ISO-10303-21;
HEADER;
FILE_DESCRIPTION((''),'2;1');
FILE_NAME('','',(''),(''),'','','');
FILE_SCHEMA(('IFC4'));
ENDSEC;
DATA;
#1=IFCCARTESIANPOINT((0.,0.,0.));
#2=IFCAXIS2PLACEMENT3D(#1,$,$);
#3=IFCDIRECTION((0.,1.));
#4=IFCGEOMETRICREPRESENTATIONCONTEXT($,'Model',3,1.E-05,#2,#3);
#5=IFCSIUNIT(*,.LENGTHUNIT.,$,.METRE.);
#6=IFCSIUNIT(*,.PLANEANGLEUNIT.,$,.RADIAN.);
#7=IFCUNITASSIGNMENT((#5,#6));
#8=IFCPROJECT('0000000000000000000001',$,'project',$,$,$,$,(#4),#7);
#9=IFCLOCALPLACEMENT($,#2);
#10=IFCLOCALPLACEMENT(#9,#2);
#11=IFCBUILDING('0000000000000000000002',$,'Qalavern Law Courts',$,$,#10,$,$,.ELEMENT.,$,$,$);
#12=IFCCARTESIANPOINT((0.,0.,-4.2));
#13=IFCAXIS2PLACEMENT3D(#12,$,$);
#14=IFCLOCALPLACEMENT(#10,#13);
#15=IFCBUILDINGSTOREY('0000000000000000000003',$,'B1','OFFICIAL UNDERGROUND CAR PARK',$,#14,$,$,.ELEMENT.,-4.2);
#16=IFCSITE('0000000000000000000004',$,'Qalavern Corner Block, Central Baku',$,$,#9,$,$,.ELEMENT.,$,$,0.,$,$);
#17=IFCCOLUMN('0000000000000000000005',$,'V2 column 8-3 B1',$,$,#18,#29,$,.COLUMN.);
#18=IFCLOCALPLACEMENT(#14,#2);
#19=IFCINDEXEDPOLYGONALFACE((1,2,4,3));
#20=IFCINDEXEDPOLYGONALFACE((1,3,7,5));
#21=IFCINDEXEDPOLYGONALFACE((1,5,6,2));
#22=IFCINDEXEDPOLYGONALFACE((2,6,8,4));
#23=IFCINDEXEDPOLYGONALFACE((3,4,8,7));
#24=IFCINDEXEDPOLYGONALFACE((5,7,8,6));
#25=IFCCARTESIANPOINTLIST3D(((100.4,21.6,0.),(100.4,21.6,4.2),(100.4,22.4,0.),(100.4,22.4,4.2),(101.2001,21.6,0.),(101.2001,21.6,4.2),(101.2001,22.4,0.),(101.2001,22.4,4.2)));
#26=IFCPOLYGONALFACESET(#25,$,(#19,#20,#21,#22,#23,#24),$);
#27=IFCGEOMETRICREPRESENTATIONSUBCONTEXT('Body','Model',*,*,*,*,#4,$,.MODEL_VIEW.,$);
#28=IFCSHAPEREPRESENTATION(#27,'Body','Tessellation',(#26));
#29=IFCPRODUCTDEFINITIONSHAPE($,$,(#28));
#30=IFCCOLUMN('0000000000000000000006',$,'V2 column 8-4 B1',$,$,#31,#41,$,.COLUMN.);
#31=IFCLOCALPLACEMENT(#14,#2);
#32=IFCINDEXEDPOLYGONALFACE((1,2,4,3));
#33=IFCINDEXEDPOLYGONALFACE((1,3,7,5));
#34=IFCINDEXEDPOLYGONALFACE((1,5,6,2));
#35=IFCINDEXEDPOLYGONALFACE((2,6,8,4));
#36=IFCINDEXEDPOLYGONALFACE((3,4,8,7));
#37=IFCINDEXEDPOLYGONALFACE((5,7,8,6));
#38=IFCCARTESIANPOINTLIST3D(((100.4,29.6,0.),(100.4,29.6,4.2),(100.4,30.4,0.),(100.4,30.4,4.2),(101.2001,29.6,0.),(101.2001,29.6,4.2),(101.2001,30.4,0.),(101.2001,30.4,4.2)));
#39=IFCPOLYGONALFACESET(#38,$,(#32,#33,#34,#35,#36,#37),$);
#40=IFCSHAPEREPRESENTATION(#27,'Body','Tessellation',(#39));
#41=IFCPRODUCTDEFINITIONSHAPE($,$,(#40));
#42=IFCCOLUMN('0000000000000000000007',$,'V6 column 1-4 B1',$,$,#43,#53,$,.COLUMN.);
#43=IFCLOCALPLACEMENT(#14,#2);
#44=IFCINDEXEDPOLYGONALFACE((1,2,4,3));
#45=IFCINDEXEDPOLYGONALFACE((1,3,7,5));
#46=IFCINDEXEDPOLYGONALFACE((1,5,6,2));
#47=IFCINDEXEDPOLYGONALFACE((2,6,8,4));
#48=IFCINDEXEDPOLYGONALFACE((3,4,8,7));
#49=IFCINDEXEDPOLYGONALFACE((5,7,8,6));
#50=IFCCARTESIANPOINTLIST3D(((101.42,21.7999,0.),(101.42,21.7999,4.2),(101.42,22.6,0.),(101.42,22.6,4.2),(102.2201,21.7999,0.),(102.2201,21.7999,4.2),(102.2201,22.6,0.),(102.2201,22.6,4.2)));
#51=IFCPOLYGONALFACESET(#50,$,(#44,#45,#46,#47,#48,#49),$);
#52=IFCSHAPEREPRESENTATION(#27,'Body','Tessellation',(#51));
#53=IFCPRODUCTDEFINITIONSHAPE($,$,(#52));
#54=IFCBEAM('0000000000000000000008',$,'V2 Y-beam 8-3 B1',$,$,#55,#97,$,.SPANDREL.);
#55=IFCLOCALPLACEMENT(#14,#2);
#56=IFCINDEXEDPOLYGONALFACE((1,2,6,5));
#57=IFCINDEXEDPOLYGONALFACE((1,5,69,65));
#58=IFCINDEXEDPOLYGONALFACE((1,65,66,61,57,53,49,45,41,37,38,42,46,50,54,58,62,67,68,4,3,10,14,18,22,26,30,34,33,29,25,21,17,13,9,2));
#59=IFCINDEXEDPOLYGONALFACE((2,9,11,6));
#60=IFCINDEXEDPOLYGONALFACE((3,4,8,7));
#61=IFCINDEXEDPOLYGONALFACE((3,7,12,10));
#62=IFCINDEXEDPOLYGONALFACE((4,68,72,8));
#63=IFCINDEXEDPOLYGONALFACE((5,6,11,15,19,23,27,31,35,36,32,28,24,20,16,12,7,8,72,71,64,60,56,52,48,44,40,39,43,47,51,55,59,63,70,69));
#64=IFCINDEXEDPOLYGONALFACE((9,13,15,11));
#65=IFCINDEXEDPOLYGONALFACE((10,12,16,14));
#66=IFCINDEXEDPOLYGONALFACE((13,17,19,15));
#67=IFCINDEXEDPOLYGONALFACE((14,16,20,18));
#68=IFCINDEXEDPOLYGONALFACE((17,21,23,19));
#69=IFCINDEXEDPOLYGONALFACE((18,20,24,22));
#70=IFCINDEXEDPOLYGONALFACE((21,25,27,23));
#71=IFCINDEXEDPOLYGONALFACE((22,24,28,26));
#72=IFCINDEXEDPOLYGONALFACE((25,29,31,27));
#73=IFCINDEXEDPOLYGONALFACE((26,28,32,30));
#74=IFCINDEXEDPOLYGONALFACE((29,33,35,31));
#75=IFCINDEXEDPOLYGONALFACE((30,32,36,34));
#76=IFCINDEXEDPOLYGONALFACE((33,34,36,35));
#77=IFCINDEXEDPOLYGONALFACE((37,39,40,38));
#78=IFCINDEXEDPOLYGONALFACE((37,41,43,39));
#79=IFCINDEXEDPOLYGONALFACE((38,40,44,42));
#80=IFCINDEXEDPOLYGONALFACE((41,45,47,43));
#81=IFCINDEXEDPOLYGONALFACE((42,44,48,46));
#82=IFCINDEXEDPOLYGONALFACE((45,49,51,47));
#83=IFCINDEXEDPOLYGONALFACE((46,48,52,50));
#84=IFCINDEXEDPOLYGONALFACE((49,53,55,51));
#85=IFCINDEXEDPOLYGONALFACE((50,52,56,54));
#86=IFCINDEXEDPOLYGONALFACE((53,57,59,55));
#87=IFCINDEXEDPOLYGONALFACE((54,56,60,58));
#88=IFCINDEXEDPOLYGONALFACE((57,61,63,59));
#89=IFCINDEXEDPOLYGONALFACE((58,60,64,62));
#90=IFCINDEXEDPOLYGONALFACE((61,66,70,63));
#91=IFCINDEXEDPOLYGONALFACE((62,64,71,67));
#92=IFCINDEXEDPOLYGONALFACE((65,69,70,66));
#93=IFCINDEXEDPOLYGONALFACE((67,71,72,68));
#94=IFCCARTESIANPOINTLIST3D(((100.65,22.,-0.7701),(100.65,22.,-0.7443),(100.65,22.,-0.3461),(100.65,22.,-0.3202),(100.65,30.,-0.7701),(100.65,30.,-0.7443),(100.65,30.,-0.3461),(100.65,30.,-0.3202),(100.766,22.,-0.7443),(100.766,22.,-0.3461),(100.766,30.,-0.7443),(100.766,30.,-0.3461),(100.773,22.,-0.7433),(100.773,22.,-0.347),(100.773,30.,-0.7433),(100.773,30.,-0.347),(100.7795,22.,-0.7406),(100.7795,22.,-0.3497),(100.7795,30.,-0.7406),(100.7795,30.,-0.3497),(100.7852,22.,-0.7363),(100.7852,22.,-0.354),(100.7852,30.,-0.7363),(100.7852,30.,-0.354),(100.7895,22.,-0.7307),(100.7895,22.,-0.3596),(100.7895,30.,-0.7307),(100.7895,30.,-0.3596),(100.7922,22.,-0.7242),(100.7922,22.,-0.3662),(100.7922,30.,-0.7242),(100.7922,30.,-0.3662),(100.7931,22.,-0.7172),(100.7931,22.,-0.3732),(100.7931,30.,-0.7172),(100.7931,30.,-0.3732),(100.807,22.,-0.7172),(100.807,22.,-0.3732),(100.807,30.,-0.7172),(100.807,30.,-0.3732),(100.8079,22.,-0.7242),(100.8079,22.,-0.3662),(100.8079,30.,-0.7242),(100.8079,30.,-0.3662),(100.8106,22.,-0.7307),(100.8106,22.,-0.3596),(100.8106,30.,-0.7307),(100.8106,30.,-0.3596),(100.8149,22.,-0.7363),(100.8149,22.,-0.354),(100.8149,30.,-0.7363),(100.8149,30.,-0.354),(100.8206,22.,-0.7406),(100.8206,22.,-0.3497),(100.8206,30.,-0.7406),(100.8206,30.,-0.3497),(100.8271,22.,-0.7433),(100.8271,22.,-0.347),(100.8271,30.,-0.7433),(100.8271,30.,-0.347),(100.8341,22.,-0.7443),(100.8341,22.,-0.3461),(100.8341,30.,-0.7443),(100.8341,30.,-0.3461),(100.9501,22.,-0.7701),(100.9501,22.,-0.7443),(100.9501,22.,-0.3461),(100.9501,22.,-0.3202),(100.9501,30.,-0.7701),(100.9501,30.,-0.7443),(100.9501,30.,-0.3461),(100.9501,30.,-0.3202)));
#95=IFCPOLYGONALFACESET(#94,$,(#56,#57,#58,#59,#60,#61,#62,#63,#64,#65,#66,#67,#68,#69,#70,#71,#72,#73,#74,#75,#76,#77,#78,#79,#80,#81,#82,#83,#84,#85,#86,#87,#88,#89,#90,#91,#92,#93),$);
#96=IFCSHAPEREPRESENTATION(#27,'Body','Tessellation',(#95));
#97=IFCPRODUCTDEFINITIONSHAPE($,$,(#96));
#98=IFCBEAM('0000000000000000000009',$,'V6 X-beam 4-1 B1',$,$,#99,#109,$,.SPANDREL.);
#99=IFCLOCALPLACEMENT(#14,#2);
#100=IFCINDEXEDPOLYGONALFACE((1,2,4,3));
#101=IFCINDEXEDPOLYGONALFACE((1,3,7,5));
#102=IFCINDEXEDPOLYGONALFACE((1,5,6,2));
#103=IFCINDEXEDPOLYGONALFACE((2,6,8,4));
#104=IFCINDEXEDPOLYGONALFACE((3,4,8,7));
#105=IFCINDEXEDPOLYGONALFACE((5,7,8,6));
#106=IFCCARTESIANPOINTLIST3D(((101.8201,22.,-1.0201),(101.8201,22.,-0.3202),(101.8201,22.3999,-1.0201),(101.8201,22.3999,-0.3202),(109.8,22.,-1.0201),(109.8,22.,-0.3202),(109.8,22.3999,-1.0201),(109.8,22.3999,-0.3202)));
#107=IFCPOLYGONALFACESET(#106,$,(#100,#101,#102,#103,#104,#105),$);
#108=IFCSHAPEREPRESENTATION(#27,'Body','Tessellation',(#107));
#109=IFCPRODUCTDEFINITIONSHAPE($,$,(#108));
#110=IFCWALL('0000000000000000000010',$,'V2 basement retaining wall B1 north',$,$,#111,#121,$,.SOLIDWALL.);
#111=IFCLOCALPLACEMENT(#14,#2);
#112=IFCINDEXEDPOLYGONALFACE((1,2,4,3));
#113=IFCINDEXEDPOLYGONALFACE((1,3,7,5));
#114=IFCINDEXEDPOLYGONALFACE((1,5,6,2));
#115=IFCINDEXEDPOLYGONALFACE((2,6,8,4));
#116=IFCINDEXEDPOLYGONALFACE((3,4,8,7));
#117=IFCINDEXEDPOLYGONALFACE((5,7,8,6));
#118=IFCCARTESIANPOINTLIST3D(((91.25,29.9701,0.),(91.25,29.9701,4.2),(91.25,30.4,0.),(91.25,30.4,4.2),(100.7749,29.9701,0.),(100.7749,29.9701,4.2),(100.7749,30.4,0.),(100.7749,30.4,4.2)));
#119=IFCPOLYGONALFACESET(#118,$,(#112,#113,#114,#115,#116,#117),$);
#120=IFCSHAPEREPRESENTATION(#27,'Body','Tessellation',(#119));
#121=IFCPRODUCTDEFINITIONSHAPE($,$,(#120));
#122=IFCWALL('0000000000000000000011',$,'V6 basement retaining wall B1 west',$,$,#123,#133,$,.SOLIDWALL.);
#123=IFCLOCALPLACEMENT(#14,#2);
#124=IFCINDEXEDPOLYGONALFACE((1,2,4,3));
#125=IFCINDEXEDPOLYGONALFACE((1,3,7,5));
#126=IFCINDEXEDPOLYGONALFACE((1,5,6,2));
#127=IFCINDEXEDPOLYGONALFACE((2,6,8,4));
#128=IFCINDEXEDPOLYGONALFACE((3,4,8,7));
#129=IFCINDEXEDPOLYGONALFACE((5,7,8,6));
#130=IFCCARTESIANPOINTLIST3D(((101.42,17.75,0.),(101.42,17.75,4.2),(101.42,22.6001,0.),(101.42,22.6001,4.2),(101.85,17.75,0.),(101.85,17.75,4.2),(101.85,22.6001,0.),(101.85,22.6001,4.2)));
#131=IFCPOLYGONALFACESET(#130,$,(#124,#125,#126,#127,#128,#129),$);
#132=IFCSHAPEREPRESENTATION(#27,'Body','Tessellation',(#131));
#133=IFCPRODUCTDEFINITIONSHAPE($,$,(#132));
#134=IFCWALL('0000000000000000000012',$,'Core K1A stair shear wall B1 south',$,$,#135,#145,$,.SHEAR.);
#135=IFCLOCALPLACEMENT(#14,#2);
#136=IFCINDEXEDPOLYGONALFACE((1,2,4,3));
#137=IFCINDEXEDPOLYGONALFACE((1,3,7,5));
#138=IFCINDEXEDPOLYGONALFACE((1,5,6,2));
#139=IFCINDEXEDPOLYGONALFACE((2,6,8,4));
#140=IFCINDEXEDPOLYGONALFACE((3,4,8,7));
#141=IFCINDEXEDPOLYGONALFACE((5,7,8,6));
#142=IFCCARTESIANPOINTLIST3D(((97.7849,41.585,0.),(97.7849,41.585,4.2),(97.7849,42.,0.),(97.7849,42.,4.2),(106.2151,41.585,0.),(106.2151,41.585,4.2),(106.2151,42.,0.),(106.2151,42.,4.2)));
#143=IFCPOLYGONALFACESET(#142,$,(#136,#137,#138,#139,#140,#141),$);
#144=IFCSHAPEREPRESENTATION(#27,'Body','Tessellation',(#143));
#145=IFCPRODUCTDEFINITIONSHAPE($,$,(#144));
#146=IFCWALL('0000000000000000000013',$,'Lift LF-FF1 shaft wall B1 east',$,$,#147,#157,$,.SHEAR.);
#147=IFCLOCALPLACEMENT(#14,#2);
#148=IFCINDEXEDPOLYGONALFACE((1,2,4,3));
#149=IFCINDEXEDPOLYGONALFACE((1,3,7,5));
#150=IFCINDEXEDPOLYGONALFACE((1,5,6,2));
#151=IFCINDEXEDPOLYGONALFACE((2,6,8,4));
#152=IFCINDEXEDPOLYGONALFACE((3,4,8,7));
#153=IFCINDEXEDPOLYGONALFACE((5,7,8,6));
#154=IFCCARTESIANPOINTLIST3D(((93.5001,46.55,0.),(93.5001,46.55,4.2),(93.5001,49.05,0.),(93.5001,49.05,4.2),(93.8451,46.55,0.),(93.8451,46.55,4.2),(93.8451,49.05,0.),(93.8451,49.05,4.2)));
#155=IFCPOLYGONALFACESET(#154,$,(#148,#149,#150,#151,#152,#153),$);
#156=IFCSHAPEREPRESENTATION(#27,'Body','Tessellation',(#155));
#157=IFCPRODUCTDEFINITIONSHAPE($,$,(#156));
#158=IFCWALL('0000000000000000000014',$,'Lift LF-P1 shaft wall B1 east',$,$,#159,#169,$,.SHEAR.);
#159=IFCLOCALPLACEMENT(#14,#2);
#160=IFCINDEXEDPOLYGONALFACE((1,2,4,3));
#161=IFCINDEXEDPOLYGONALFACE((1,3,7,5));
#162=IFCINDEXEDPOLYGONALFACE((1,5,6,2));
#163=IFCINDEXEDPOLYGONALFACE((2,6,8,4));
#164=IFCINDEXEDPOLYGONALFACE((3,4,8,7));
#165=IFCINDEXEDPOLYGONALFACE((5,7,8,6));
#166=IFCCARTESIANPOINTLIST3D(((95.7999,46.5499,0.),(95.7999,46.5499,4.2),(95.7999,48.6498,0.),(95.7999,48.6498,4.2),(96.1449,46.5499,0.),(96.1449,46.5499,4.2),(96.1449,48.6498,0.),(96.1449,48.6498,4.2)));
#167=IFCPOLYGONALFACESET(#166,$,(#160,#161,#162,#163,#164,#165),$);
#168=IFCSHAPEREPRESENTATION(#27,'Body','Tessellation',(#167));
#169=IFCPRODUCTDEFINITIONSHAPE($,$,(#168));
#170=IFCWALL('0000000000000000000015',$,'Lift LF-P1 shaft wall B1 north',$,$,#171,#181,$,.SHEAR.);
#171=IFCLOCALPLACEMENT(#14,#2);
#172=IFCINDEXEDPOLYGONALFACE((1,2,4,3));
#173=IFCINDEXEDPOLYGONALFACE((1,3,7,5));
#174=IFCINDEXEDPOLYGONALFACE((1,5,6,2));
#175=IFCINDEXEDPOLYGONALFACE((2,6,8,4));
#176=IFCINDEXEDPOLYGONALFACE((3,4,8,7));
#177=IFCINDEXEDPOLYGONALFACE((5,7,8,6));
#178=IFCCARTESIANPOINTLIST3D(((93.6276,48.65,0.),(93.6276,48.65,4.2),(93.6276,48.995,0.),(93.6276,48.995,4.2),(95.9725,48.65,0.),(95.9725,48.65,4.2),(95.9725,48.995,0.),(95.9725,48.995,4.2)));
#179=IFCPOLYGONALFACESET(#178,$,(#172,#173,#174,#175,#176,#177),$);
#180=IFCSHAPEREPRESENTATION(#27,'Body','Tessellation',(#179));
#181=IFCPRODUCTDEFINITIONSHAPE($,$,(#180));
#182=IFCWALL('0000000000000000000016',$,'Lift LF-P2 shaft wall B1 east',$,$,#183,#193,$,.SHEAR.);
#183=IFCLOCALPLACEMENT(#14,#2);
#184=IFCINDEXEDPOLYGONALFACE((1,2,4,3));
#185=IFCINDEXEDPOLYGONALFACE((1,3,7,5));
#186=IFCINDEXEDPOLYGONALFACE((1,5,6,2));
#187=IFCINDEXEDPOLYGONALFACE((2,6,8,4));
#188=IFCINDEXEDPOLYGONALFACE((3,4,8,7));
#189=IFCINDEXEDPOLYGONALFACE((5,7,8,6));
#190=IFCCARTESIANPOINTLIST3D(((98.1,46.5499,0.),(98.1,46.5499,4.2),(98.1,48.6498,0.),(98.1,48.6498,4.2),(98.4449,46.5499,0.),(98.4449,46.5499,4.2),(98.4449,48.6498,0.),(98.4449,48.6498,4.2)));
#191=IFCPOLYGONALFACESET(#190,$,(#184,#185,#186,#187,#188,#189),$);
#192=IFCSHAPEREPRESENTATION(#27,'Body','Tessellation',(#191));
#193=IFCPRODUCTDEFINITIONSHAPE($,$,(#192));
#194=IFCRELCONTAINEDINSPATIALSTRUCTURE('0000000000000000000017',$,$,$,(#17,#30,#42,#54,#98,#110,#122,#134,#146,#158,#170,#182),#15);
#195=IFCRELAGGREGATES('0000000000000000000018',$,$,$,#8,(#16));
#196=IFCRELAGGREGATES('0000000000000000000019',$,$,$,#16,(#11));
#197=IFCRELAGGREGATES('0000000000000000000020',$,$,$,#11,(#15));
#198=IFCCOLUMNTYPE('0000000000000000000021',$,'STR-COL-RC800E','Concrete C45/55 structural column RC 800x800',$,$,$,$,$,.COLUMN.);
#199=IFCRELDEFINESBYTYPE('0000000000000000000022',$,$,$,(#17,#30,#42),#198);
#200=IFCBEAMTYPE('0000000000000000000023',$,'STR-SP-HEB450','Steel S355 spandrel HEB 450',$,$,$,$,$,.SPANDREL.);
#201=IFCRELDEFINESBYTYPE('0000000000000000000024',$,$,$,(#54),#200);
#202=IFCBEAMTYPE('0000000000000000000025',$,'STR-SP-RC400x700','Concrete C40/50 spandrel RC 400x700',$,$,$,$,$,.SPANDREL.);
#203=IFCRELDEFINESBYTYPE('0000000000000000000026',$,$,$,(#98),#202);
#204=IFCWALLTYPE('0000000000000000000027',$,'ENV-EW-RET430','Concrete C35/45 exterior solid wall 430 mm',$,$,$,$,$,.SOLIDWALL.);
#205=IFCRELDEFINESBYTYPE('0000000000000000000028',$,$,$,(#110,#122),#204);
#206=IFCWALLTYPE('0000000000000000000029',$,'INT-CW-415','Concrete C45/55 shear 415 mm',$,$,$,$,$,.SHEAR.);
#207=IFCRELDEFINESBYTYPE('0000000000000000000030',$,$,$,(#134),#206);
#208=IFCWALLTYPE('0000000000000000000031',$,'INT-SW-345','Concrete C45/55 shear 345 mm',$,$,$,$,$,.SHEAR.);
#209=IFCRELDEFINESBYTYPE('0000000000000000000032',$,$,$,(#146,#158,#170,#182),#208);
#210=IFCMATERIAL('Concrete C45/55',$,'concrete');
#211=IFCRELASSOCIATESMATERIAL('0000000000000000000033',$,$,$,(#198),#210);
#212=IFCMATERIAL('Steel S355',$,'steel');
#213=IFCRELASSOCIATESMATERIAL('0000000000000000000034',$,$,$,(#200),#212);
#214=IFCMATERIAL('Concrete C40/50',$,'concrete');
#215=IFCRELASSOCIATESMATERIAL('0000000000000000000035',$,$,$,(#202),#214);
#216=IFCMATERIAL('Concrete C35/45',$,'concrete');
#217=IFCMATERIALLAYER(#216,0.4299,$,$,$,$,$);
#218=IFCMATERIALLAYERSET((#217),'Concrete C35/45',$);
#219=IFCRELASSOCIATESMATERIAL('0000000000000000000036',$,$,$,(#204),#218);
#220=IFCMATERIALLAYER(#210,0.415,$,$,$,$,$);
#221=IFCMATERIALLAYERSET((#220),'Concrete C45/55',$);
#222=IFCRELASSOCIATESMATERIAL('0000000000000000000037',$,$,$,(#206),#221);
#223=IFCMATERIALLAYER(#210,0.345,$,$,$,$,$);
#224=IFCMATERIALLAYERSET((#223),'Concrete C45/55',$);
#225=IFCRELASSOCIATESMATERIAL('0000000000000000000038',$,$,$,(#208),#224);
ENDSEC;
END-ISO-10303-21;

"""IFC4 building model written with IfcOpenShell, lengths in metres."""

from ifc_helpers import new_model, si_unit, direction, frame, frame_2d, origin, origin_2d, place, context, subcontext, project, spatial, rectangle, i_section, extrude, material, layer, layer_set, material_profile, profile_set, type_object, element, save


model = new_model("IFC4")

# Units and contexts
model_context = context("Model", 3, precision=1e-05, world=origin(), true_north=direction((0.0, 1.0)))
body_context = subcontext(model_context, "Body", "Model", "MODEL_VIEW")
ifc_project = project(units=[si_unit("LENGTHUNIT", "METRE"), si_unit("PLANEANGLEUNIT", "RADIAN")], contexts=[model_context])

# Site, building, storey
site_placement = place(None, origin())
site = spatial("IfcSite", under=ifc_project, at=site_placement, Name="Qalavern Corner Block, Central Baku", CompositionType="ELEMENT", RefElevation=0.0)
building_placement = place(site_placement, origin())
building = spatial("IfcBuilding", under=site, at=building_placement, Name="Qalavern Law Courts", CompositionType="ELEMENT")
storey_placement = place(building_placement, frame((0.0, 0.0, -4.2)))
storey = spatial("IfcBuildingStorey", under=building, at=storey_placement, Name="B1", Description="OFFICIAL UNDERGROUND CAR PARK", CompositionType="ELEMENT", Elevation=-4.2)

# Columns
ifc_material_1 = material(Name="Concrete C45/55", Category="concrete")
ifc_material_profile_1 = material_profile(ifc_material_1, rectangle(XDim=0.8, YDim=0.8, at=origin_2d()), Name="RC 800x800")
ifc_profile_set_1 = profile_set([ifc_material_profile_1], Name="Concrete C45/55")
column_type = type_object("IfcColumnType", Name="STR-COL-RC800E", Description="Concrete C45/55 structural column RC 800x800", PredefinedType="COLUMN", material=ifc_profile_set_1)
for number, where, z_axis, x_axis, name in (
    (1, (100.8, 22.0, 0.0), (0.0, 0.0, 1.0), (1.0, 0.0, 0.0), "V2 column 8-3 B1"),
    (2, (100.8, 30.0, 0.0), (0.0, 0.0, 1.0), (1.0, 0.0, 0.0), "V2 column 8-4 B1"),
    (3, (101.8201, 22.2, 0.0), (0.0, 0.0, 1.0), (1.0, 0.0, 0.0), "V6 column 1-4 B1"),
):
    element("IfcColumn", number, at=place(storey_placement, frame(where, z_axis=z_axis, x_axis=x_axis)), inside=storey, type_object=column_type, Name=name, PredefinedType="COLUMN", context=body_context, shape_type="SweptSolid", body=[
        extrude(rectangle(XDim=0.8, YDim=0.8, at=origin_2d()), origin(), (0.0, 0.0, 1.0), 4.2),
    ])

# Beams
ifc_material_2 = material(Name="Steel S355", Category="steel")
ifc_material_profile_2 = material_profile(ifc_material_2, i_section(OverallWidth=0.3, OverallDepth=0.45, WebThickness=0.0139, FlangeThickness=0.0259, FilletRadius=0.0271, at=origin_2d()), Name="HEB 450")
ifc_profile_set_2 = profile_set([ifc_material_profile_2], Name="Steel S355")
beam_type_1 = type_object("IfcBeamType", Name="STR-SP-HEB450", Description="Steel S355 spandrel HEB 450", PredefinedType="SPANDREL", material=ifc_profile_set_2)
beam_1_placement = place(storey_placement, frame((100.8, 22.0, -0.5452), z_axis=(0.0, 1.0, 0.0), x_axis=(-1.0, 0.0, 0.0)))
element("IfcBeam", 4, at=beam_1_placement, inside=storey, type_object=beam_type_1, Name="V2 Y-beam 8-3 B1", PredefinedType="SPANDREL", context=body_context, shape_type="SweptSolid", body=[
    extrude(i_section(OverallWidth=0.3, OverallDepth=0.45, WebThickness=0.0139, FlangeThickness=0.0259, FilletRadius=0.0271, at=origin_2d()), origin(), (0.0, 0.0, 1.0), 8.0),
])
ifc_material_3 = material(Name="Concrete C40/50", Category="concrete")
ifc_material_profile_3 = material_profile(ifc_material_3, rectangle(XDim=0.3999, YDim=0.7, at=origin_2d()), Name="RC 400x700")
ifc_profile_set_3 = profile_set([ifc_material_profile_3], Name="Concrete C40/50")
beam_type_2 = type_object("IfcBeamType", Name="STR-SP-RC400x700", Description="Concrete C40/50 spandrel RC 400x700", PredefinedType="SPANDREL", material=ifc_profile_set_3)
beam_2_placement = place(storey_placement, frame((101.8201, 22.2, -0.6702), z_axis=(1.0, 0.0, 0.0), x_axis=(0.0, 1.0, 0.0)))
element("IfcBeam", 5, at=beam_2_placement, inside=storey, type_object=beam_type_2, Name="V6 X-beam 4-1 B1", PredefinedType="SPANDREL", context=body_context, shape_type="SweptSolid", body=[
    extrude(rectangle(XDim=0.3999, YDim=0.7, at=origin_2d()), origin(), (0.0, 0.0, 1.0), 7.98),
])

# Walls
ifc_material_4 = material(Name="Concrete C35/45", Category="concrete")
ifc_layer_1 = layer(ifc_material_4, 0.4299)
ifc_layer_set_1 = layer_set([ifc_layer_1], Name="Concrete C35/45")
wall_type_1 = type_object("IfcWallType", Name="ENV-EW-RET430", Description="Concrete C35/45 exterior solid wall 430 mm", PredefinedType="SOLIDWALL", material=ifc_layer_set_1)
wall_1_placement = place(storey_placement, frame((100.7749, 30.1851, 0.0), z_axis=(0.0, 0.0, 1.0), x_axis=(-1.0, 0.0, 0.0)))
element("IfcWall", 6, at=wall_1_placement, inside=storey, type_object=wall_type_1, Name="V2 basement retaining wall B1 north", PredefinedType="SOLIDWALL", context=body_context, shape_type="SweptSolid", body=[
    extrude(rectangle(XDim=9.5249, YDim=0.4299, at=frame_2d((4.7625, 0.0))), origin(), (0.0, 0.0, 1.0), 4.2),
])
wall_2_placement = place(storey_placement, frame((101.635, 22.6001, 0.0), z_axis=(0.0, 0.0, 1.0), x_axis=(0.0, -1.0, 0.0)))
element("IfcWall", 7, at=wall_2_placement, inside=storey, type_object=wall_type_1, Name="V6 basement retaining wall B1 west", PredefinedType="SOLIDWALL", context=body_context, shape_type="SweptSolid", body=[
    extrude(rectangle(XDim=4.8501, YDim=0.4299, at=frame_2d((2.425, 0.0))), origin(), (0.0, 0.0, 1.0), 4.2),
])
ifc_layer_2 = layer(ifc_material_1, 0.415)
ifc_layer_set_2 = layer_set([ifc_layer_2], Name="Concrete C45/55")
wall_type_2 = type_object("IfcWallType", Name="INT-CW-415", Description="Concrete C45/55 shear 415 mm", PredefinedType="SHEAR", material=ifc_layer_set_2)
wall_3_placement = place(storey_placement, frame((97.7849, 41.7925, 0.0), z_axis=(0.0, 0.0, 1.0), x_axis=(1.0, 0.0, 0.0)))
element("IfcWall", 8, at=wall_3_placement, inside=storey, type_object=wall_type_2, Name="Core K1A stair shear wall B1 south", PredefinedType="SHEAR", context=body_context, shape_type="SweptSolid", body=[
    extrude(rectangle(XDim=8.4302, YDim=0.415, at=frame_2d((4.2151, 0.0))), origin(), (0.0, 0.0, 1.0), 4.2),
])

# Wall
ifc_layer_3 = layer(ifc_material_1, 0.345)
ifc_layer_set_3 = layer_set([ifc_layer_3], Name="Concrete C45/55")
wall_type_3 = type_object("IfcWallType", Name="INT-SW-345", Description="Concrete C45/55 shear 345 mm", PredefinedType="SHEAR", material=ifc_layer_set_3)
wall_4_placement = place(storey_placement, frame((93.6726, 46.55, 0.0), z_axis=(0.0, 0.0, 1.0), x_axis=(0.0, 1.0, 0.0)))
element("IfcWall", 9, at=wall_4_placement, inside=storey, type_object=wall_type_3, Name="Lift LF-FF1 shaft wall B1 east", PredefinedType="SHEAR", context=body_context, shape_type="SweptSolid", body=[
    extrude(rectangle(XDim=2.5, YDim=0.345, at=frame_2d((1.25, 0.0))), origin(), (0.0, 0.0, 1.0), 4.2),
])

# Walls
wall_5_placement = place(storey_placement, frame((95.9724, 46.55, 0.0), z_axis=(0.0, 0.0, 1.0), x_axis=(0.0, 1.0, 0.0)))
element("IfcWall", 10, at=wall_5_placement, inside=storey, type_object=wall_type_3, Name="Lift LF-P1 shaft wall B1 east", PredefinedType="SHEAR", context=body_context, shape_type="SweptSolid", body=[
    extrude(rectangle(XDim=2.0999, YDim=0.345, at=frame_2d((1.0498, 0.0))), origin(), (0.0, 0.0, 1.0), 4.2),
])
wall_6_placement = place(storey_placement, frame((95.9724, 48.8225, 0.0), z_axis=(0.0, 0.0, 1.0), x_axis=(-1.0, 0.0, 0.0)))
element("IfcWall", 11, at=wall_6_placement, inside=storey, type_object=wall_type_3, Name="Lift LF-P1 shaft wall B1 north", PredefinedType="SHEAR", context=body_context, shape_type="SweptSolid", body=[
    extrude(rectangle(XDim=2.345, YDim=0.345, at=frame_2d((1.1724, 0.0))), origin(), (0.0, 0.0, 1.0), 4.2),
])

# Wall
wall_7_placement = place(storey_placement, frame((98.2725, 46.55, 0.0), z_axis=(0.0, 0.0, 1.0), x_axis=(0.0, 1.0, 0.0)))
element("IfcWall", 12, at=wall_7_placement, inside=storey, type_object=wall_type_3, Name="Lift LF-P2 shaft wall B1 east", PredefinedType="SHEAR", context=body_context, shape_type="SweptSolid", body=[
    extrude(rectangle(XDim=2.0999, YDim=0.345, at=frame_2d((1.0498, 0.0))), origin(), (0.0, 0.0, 1.0), 4.2),
])

save(model, "model.ifc")
